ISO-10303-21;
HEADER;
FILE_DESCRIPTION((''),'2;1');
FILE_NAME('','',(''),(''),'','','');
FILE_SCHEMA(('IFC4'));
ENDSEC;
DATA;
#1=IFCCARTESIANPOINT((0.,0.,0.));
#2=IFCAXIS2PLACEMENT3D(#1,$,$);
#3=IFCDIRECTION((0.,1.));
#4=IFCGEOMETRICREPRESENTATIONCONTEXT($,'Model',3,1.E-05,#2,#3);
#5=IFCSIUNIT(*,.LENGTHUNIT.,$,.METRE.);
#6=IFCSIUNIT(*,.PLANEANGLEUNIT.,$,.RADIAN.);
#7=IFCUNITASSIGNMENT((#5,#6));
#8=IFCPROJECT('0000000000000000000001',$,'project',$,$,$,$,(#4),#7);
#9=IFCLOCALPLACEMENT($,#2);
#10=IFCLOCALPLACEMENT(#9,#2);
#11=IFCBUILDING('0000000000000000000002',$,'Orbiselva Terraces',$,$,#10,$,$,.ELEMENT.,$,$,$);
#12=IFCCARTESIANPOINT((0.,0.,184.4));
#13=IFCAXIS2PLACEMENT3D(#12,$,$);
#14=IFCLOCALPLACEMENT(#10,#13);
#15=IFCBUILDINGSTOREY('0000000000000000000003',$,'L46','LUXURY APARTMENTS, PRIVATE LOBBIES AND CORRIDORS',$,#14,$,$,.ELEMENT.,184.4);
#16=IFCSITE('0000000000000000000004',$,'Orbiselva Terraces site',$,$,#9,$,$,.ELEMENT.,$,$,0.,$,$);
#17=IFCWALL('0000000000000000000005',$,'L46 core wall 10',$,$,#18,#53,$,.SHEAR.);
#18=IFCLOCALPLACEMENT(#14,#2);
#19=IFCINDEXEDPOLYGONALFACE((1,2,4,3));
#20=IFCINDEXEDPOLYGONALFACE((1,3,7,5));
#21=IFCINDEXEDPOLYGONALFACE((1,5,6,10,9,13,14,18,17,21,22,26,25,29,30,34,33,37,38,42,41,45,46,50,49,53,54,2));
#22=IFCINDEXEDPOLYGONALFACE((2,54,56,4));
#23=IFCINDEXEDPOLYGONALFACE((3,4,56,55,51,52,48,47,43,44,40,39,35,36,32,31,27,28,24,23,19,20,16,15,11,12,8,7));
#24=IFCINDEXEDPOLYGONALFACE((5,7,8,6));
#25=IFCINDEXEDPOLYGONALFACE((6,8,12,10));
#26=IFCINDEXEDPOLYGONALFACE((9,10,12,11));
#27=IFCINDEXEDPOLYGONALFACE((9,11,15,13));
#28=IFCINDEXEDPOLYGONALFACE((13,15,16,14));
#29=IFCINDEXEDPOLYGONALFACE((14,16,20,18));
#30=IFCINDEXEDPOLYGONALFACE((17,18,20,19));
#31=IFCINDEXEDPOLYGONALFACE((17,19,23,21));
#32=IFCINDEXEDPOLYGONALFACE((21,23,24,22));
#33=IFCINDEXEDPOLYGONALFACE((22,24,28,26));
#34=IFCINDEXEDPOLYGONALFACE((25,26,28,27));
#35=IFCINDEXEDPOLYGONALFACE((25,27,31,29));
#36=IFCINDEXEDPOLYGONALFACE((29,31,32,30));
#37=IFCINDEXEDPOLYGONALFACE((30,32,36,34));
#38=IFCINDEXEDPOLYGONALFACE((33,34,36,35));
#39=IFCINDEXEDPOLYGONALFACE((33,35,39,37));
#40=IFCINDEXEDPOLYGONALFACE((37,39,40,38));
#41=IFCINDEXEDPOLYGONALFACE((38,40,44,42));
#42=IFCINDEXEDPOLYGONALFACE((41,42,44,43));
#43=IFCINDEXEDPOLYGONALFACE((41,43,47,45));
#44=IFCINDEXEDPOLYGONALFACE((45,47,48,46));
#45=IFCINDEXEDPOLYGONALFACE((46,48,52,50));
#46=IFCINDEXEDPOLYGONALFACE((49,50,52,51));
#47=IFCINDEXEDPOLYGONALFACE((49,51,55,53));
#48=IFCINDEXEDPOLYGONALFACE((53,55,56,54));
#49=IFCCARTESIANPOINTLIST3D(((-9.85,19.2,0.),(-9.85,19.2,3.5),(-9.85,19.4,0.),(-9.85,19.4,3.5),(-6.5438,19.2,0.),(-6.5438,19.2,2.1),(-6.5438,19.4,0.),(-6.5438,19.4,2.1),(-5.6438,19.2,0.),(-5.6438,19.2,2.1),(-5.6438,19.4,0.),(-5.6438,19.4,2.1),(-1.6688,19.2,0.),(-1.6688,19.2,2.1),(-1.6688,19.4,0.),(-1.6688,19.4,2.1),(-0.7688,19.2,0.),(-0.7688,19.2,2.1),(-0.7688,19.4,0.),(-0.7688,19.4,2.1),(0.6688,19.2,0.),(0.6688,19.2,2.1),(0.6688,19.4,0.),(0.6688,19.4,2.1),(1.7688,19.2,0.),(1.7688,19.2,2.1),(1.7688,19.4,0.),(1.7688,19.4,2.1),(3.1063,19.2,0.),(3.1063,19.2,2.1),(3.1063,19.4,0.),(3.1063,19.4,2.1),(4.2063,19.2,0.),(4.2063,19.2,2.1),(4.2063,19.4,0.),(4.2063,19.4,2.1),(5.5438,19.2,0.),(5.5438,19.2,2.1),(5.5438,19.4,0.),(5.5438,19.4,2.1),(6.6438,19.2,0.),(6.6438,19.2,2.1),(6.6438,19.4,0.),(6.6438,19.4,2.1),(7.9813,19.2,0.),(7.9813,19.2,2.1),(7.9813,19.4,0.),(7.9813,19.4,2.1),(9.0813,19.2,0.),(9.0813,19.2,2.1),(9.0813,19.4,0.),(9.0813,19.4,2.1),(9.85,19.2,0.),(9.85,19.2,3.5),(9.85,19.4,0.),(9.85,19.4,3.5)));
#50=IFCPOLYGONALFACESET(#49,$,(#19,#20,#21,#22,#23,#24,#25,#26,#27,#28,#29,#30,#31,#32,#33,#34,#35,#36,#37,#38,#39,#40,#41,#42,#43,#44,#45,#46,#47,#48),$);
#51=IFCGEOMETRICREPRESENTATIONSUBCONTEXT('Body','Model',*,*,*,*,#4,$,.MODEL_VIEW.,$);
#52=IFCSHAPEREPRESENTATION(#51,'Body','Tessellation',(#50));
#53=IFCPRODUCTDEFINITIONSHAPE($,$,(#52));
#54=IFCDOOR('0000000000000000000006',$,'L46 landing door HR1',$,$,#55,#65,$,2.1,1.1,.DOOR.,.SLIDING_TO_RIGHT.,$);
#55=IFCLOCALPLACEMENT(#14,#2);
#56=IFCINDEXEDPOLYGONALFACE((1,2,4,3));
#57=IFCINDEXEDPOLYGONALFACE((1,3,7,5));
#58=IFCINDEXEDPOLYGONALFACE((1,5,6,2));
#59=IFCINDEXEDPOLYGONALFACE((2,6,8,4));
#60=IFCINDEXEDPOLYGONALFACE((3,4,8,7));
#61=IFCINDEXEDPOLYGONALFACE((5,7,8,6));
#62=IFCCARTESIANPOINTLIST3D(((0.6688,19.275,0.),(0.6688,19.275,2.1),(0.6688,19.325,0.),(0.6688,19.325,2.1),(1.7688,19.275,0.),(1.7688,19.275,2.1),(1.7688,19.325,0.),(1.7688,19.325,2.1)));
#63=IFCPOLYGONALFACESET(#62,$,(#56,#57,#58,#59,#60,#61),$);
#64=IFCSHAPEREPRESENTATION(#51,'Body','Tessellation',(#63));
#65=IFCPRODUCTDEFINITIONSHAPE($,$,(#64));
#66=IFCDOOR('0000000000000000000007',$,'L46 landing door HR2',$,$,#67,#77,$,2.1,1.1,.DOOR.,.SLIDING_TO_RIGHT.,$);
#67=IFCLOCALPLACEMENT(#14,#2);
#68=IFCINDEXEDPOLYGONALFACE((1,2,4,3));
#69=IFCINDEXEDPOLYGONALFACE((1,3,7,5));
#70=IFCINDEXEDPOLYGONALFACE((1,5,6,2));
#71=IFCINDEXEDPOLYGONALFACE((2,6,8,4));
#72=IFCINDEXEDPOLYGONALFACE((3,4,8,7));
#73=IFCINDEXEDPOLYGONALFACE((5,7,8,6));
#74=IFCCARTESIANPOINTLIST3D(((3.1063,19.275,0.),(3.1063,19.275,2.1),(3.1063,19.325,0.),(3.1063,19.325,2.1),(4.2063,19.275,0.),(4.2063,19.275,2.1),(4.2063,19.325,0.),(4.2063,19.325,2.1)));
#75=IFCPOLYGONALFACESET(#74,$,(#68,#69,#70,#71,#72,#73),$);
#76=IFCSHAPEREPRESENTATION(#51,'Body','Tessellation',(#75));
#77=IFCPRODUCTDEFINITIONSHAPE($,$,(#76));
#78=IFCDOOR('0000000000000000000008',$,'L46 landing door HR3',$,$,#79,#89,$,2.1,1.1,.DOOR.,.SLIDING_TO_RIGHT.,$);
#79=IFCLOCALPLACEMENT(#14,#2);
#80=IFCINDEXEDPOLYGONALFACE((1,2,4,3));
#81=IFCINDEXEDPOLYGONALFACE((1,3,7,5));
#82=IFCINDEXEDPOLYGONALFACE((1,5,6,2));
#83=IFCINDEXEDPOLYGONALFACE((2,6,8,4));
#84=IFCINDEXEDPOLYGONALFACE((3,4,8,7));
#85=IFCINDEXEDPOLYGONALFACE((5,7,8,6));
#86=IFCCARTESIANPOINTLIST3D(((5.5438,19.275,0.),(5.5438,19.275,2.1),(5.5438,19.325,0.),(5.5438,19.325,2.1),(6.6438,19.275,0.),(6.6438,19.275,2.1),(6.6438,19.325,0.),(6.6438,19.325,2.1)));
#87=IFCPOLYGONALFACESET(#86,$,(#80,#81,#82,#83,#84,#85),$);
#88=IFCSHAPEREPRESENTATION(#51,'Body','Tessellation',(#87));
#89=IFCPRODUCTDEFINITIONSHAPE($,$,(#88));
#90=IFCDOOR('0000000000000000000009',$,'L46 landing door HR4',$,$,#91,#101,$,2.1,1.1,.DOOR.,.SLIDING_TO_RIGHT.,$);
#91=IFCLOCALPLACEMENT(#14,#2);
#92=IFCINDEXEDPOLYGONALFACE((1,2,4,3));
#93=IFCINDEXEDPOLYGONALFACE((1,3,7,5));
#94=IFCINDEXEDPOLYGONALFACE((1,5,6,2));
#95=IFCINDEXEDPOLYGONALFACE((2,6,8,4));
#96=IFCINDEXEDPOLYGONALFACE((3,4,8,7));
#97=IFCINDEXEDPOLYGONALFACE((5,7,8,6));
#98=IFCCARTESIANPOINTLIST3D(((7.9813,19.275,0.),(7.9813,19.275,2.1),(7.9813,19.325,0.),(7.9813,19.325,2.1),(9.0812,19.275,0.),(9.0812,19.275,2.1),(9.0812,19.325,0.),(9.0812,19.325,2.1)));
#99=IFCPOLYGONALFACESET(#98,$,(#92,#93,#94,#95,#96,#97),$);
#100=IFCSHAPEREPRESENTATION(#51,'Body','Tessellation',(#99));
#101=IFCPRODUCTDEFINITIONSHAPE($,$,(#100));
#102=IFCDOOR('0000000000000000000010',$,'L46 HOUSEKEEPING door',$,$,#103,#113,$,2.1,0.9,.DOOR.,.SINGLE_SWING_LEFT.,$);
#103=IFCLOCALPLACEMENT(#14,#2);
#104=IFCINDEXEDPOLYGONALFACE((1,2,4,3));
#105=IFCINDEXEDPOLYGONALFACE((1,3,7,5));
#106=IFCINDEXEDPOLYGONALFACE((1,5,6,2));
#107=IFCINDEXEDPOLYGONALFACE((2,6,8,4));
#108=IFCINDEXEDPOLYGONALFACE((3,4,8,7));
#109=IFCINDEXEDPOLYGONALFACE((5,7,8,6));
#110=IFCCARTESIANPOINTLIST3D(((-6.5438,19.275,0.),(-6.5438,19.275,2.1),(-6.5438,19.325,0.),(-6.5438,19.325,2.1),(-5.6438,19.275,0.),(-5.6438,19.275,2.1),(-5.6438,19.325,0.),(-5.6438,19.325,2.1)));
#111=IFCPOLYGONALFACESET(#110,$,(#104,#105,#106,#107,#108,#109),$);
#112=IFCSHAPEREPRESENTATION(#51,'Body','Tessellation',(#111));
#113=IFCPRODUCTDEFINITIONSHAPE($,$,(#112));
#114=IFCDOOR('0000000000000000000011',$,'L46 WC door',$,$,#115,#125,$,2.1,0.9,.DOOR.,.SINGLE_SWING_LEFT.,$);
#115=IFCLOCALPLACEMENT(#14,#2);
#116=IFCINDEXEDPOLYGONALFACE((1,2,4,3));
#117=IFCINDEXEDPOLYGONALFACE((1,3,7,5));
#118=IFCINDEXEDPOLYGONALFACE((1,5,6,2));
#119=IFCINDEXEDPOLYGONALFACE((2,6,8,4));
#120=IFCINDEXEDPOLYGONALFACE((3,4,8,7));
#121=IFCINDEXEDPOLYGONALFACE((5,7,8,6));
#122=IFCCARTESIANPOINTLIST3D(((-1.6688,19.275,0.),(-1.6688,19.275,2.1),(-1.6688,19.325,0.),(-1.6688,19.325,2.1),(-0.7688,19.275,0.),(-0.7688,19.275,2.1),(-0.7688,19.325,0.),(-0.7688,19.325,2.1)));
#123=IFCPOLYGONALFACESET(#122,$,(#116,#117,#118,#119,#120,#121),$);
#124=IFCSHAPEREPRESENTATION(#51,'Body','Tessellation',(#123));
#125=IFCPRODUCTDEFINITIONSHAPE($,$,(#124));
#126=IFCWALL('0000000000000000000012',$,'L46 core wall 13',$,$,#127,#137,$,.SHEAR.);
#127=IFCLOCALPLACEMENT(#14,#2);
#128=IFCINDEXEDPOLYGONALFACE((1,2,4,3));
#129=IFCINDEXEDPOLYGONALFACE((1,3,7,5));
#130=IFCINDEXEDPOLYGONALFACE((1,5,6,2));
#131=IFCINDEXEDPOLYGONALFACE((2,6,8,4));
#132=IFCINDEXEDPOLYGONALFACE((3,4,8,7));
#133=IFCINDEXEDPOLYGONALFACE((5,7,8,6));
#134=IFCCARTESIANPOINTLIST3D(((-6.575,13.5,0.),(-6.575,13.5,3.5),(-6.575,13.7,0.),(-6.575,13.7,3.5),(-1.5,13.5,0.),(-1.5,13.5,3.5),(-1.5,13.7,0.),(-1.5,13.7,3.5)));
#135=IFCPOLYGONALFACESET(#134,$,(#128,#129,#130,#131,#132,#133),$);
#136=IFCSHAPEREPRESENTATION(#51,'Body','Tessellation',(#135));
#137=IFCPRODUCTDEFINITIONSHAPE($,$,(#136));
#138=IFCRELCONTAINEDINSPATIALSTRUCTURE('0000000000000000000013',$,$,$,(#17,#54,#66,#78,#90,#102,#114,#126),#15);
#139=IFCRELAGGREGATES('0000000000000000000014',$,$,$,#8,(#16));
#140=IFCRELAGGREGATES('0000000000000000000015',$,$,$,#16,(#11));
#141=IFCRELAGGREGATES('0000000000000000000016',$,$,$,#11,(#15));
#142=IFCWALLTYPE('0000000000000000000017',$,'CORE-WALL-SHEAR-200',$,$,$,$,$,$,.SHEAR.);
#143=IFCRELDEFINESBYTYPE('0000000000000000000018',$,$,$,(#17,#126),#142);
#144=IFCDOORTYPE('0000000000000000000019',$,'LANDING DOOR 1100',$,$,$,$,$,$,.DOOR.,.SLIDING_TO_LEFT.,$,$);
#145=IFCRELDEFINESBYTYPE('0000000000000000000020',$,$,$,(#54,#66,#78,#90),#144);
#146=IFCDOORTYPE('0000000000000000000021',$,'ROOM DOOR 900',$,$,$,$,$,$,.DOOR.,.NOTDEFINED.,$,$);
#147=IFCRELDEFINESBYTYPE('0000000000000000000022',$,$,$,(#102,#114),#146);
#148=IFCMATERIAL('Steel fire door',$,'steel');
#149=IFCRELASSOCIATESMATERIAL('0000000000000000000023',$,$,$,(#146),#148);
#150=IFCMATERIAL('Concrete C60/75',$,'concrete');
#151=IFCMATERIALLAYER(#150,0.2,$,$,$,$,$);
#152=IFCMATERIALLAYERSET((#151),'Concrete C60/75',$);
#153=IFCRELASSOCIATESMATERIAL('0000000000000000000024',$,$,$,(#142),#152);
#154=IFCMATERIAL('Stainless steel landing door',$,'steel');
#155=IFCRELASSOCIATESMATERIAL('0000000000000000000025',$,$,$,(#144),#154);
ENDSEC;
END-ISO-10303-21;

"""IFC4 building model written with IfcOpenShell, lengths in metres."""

from ifc_helpers import new_model, si_unit, direction, frame, frame_2d, origin, place, context, subcontext, project, spatial, rectangle, extrude, material, layer, layer_set, type_object, element, fill, save


model = new_model("IFC4")

# Units and contexts
model_context = context("Model", 3, precision=1e-05, world=origin(), true_north=direction((0.0, 1.0)))
body_context = subcontext(model_context, "Body", "Model", "MODEL_VIEW")
ifc_project = project(units=[si_unit("LENGTHUNIT", "METRE"), si_unit("PLANEANGLEUNIT", "RADIAN")], contexts=[model_context])

# Site, building, storey
site_placement = place(None, origin())
site = spatial("IfcSite", under=ifc_project, at=site_placement, Name="Orbiselva Terraces site", CompositionType="ELEMENT", RefElevation=0.0)
building_placement = place(site_placement, origin())
building = spatial("IfcBuilding", under=site, at=building_placement, Name="Orbiselva Terraces", CompositionType="ELEMENT")
storey_placement = place(building_placement, frame((0.0, 0.0, 184.4)))
storey = spatial("IfcBuildingStorey", under=building, at=storey_placement, Name="L46", Description="LUXURY APARTMENTS, PRIVATE LOBBIES AND CORRIDORS", CompositionType="ELEMENT", Elevation=184.4)

# Shared definitions
ifc_material_1 = material(Name="Steel fire door", Category="steel")
door_type_1 = type_object("IfcDoorType", Name="ROOM DOOR 900", OperationType="NOTDEFINED", PredefinedType="DOOR", material=ifc_material_1)

# Shared definitions
ifc_material_2 = material(Name="Concrete C60/75", Category="concrete")
ifc_layer_1 = layer(ifc_material_2, 0.2)
ifc_layer_set_1 = layer_set([ifc_layer_1], Name="Concrete C60/75")
wall_type_1 = type_object("IfcWallType", Name="CORE-WALL-SHEAR-200", PredefinedType="SHEAR", material=ifc_layer_set_1)

# Wall, openings, doors
wall_1_placement = place(storey_placement, frame((-9.85, 19.3, 0.0), z_axis=(0.0, 0.0, 1.0), x_axis=(1.0, 0.0, 0.0)))
wall_1 = element("IfcWall", 1, at=wall_1_placement, inside=storey, type_object=wall_type_1, Name="L46 core wall 10", PredefinedType="SHEAR", context=body_context, shape_type="SweptSolid", body=[
    extrude(rectangle(XDim=19.7, YDim=0.2, at=frame_2d((9.85, 0.0))), origin(), (0.0, 0.0, 1.0), 3.5),
])
opening_1_placement = place(wall_1_placement, frame((10.5188, 0.0, 0.0)))
opening_1 = element("IfcOpeningElement", 2, at=opening_1_placement, cuts=wall_1, PredefinedType="OPENING", context=body_context, shape_type="SweptSolid", body=[
    extrude(rectangle(XDim=1.1, YDim=2.1, at=frame_2d((0.55, 1.05))), frame((0.0, 0.11, 0.0), z_axis=(0.0, -1.0, 0.0), x_axis=(1.0, 0.0, 0.0)), (0.0, 0.0, 1.0), 0.22),
])
opening_2_placement = place(wall_1_placement, frame((12.9563, 0.0, 0.0)))
opening_2 = element("IfcOpeningElement", 3, at=opening_2_placement, cuts=wall_1, PredefinedType="OPENING", context=body_context, shape_type="SweptSolid", body=[
    extrude(rectangle(XDim=1.1, YDim=2.1, at=frame_2d((0.55, 1.05))), frame((0.0, 0.11, 0.0), z_axis=(0.0, -1.0, 0.0), x_axis=(1.0, 0.0, 0.0)), (0.0, 0.0, 1.0), 0.22),
])
opening_3_placement = place(wall_1_placement, frame((15.3938, 0.0, 0.0)))
opening_3 = element("IfcOpeningElement", 4, at=opening_3_placement, cuts=wall_1, PredefinedType="OPENING", context=body_context, shape_type="SweptSolid", body=[
    extrude(rectangle(XDim=1.1, YDim=2.1, at=frame_2d((0.55, 1.05))), frame((0.0, 0.11, 0.0), z_axis=(0.0, -1.0, 0.0), x_axis=(1.0, 0.0, 0.0)), (0.0, 0.0, 1.0), 0.22),
])
opening_4_placement = place(wall_1_placement, frame((17.8313, 0.0, 0.0)))
opening_4 = element("IfcOpeningElement", 5, at=opening_4_placement, cuts=wall_1, PredefinedType="OPENING", context=body_context, shape_type="SweptSolid", body=[
    extrude(rectangle(XDim=1.1, YDim=2.1, at=frame_2d((0.55, 1.05))), frame((0.0, 0.11, 0.0), z_axis=(0.0, -1.0, 0.0), x_axis=(1.0, 0.0, 0.0)), (0.0, 0.0, 1.0), 0.22),
])
opening_5_placement = place(wall_1_placement, frame((3.3062, 0.0, 0.0)))
opening_5 = element("IfcOpeningElement", 6, at=opening_5_placement, cuts=wall_1, PredefinedType="OPENING", context=body_context, shape_type="SweptSolid", body=[
    extrude(rectangle(XDim=0.9, YDim=2.1, at=frame_2d((0.45, 1.05))), frame((0.0, 0.11, 0.0), z_axis=(0.0, -1.0, 0.0), x_axis=(1.0, 0.0, 0.0)), (0.0, 0.0, 1.0), 0.22),
])
opening_6_placement = place(wall_1_placement, frame((8.1812, 0.0, 0.0)))
opening_6 = element("IfcOpeningElement", 7, at=opening_6_placement, cuts=wall_1, PredefinedType="OPENING", context=body_context, shape_type="SweptSolid", body=[
    extrude(rectangle(XDim=0.9, YDim=2.1, at=frame_2d((0.45, 1.05))), frame((0.0, 0.11, 0.0), z_axis=(0.0, -1.0, 0.0), x_axis=(1.0, 0.0, 0.0)), (0.0, 0.0, 1.0), 0.22),
])
ifc_material_3 = material(Name="Stainless steel landing door", Category="steel")
door_type_2 = type_object("IfcDoorType", Name="LANDING DOOR 1100", OperationType="SLIDING_TO_LEFT", PredefinedType="DOOR", material=ifc_material_3)
door_1_placement = place(opening_1_placement, origin())
door_1 = element("IfcDoor", 8, at=door_1_placement, inside=storey, type_object=door_type_2, Name="L46 landing door HR1", OperationType="SLIDING_TO_RIGHT", OverallHeight=2.1, OverallWidth=1.1, PredefinedType="DOOR", context=body_context, shape_type="SweptSolid", body=[
    extrude(rectangle(XDim=1.1, YDim=2.1, at=frame_2d((0.55, 1.05))), frame((0.0, 0.025, 0.0), z_axis=(0.0, -1.0, 0.0), x_axis=(1.0, 0.0, 0.0)), (0.0, 0.0, 1.0), 0.05),
])
fill(opening_1, door_1)
door_2_placement = place(opening_2_placement, origin())
door_2 = element("IfcDoor", 9, at=door_2_placement, inside=storey, type_object=door_type_2, Name="L46 landing door HR2", OperationType="SLIDING_TO_RIGHT", OverallHeight=2.1, OverallWidth=1.1, PredefinedType="DOOR", context=body_context, shape_type="SweptSolid", body=[
    extrude(rectangle(XDim=1.1, YDim=2.1, at=frame_2d((0.55, 1.05))), frame((0.0, 0.025, 0.0), z_axis=(0.0, -1.0, 0.0), x_axis=(1.0, 0.0, 0.0)), (0.0, 0.0, 1.0), 0.05),
])
fill(opening_2, door_2)
door_3_placement = place(opening_3_placement, origin())
door_3 = element("IfcDoor", 10, at=door_3_placement, inside=storey, type_object=door_type_2, Name="L46 landing door HR3", OperationType="SLIDING_TO_RIGHT", OverallHeight=2.1, OverallWidth=1.1, PredefinedType="DOOR", context=body_context, shape_type="SweptSolid", body=[
    extrude(rectangle(XDim=1.1, YDim=2.1, at=frame_2d((0.55, 1.05))), frame((0.0, 0.025, 0.0), z_axis=(0.0, -1.0, 0.0), x_axis=(1.0, 0.0, 0.0)), (0.0, 0.0, 1.0), 0.05),
])
fill(opening_3, door_3)
door_4_placement = place(opening_4_placement, origin())
door_4 = element("IfcDoor", 11, at=door_4_placement, inside=storey, type_object=door_type_2, Name="L46 landing door HR4", OperationType="SLIDING_TO_RIGHT", OverallHeight=2.1, OverallWidth=1.1, PredefinedType="DOOR", context=body_context, shape_type="SweptSolid", body=[
    extrude(rectangle(XDim=1.1, YDim=2.1, at=frame_2d((0.55, 1.05))), frame((0.0, 0.025, 0.0), z_axis=(0.0, -1.0, 0.0), x_axis=(1.0, 0.0, 0.0)), (0.0, 0.0, 1.0), 0.05),
])
fill(opening_4, door_4)
door_5_placement = place(opening_5_placement, origin())
door_5 = element("IfcDoor", 12, at=door_5_placement, inside=storey, type_object=door_type_1, Name="L46 HOUSEKEEPING door", OperationType="SINGLE_SWING_LEFT", OverallHeight=2.1, OverallWidth=0.9, PredefinedType="DOOR", context=body_context, shape_type="SweptSolid", body=[
    extrude(rectangle(XDim=0.9, YDim=2.1, at=frame_2d((0.45, 1.05))), frame((0.0, 0.025, 0.0), z_axis=(0.0, -1.0, 0.0), x_axis=(1.0, 0.0, 0.0)), (0.0, 0.0, 1.0), 0.05),
])
fill(opening_5, door_5)
door_6_placement = place(opening_6_placement, origin())
door_6 = element("IfcDoor", 13, at=door_6_placement, inside=storey, type_object=door_type_1, Name="L46 WC door", OperationType="SINGLE_SWING_LEFT", OverallHeight=2.1, OverallWidth=0.9, PredefinedType="DOOR", context=body_context, shape_type="SweptSolid", body=[
    extrude(rectangle(XDim=0.9, YDim=2.1, at=frame_2d((0.45, 1.05))), frame((0.0, 0.025, 0.0), z_axis=(0.0, -1.0, 0.0), x_axis=(1.0, 0.0, 0.0)), (0.0, 0.0, 1.0), 0.05),
])
fill(opening_6, door_6)

# Wall
wall_2_placement = place(storey_placement, frame((-6.575, 13.6, 0.0), z_axis=(0.0, 0.0, 1.0), x_axis=(1.0, 0.0, 0.0)))
element("IfcWall", 14, at=wall_2_placement, inside=storey, type_object=wall_type_1, Name="L46 core wall 13", PredefinedType="SHEAR", context=body_context, shape_type="SweptSolid", body=[
    extrude(rectangle(XDim=5.075, YDim=0.2, at=frame_2d((2.5375, 0.0))), origin(), (0.0, 0.0, 1.0), 3.5),
])

save(model, "model.ifc")
